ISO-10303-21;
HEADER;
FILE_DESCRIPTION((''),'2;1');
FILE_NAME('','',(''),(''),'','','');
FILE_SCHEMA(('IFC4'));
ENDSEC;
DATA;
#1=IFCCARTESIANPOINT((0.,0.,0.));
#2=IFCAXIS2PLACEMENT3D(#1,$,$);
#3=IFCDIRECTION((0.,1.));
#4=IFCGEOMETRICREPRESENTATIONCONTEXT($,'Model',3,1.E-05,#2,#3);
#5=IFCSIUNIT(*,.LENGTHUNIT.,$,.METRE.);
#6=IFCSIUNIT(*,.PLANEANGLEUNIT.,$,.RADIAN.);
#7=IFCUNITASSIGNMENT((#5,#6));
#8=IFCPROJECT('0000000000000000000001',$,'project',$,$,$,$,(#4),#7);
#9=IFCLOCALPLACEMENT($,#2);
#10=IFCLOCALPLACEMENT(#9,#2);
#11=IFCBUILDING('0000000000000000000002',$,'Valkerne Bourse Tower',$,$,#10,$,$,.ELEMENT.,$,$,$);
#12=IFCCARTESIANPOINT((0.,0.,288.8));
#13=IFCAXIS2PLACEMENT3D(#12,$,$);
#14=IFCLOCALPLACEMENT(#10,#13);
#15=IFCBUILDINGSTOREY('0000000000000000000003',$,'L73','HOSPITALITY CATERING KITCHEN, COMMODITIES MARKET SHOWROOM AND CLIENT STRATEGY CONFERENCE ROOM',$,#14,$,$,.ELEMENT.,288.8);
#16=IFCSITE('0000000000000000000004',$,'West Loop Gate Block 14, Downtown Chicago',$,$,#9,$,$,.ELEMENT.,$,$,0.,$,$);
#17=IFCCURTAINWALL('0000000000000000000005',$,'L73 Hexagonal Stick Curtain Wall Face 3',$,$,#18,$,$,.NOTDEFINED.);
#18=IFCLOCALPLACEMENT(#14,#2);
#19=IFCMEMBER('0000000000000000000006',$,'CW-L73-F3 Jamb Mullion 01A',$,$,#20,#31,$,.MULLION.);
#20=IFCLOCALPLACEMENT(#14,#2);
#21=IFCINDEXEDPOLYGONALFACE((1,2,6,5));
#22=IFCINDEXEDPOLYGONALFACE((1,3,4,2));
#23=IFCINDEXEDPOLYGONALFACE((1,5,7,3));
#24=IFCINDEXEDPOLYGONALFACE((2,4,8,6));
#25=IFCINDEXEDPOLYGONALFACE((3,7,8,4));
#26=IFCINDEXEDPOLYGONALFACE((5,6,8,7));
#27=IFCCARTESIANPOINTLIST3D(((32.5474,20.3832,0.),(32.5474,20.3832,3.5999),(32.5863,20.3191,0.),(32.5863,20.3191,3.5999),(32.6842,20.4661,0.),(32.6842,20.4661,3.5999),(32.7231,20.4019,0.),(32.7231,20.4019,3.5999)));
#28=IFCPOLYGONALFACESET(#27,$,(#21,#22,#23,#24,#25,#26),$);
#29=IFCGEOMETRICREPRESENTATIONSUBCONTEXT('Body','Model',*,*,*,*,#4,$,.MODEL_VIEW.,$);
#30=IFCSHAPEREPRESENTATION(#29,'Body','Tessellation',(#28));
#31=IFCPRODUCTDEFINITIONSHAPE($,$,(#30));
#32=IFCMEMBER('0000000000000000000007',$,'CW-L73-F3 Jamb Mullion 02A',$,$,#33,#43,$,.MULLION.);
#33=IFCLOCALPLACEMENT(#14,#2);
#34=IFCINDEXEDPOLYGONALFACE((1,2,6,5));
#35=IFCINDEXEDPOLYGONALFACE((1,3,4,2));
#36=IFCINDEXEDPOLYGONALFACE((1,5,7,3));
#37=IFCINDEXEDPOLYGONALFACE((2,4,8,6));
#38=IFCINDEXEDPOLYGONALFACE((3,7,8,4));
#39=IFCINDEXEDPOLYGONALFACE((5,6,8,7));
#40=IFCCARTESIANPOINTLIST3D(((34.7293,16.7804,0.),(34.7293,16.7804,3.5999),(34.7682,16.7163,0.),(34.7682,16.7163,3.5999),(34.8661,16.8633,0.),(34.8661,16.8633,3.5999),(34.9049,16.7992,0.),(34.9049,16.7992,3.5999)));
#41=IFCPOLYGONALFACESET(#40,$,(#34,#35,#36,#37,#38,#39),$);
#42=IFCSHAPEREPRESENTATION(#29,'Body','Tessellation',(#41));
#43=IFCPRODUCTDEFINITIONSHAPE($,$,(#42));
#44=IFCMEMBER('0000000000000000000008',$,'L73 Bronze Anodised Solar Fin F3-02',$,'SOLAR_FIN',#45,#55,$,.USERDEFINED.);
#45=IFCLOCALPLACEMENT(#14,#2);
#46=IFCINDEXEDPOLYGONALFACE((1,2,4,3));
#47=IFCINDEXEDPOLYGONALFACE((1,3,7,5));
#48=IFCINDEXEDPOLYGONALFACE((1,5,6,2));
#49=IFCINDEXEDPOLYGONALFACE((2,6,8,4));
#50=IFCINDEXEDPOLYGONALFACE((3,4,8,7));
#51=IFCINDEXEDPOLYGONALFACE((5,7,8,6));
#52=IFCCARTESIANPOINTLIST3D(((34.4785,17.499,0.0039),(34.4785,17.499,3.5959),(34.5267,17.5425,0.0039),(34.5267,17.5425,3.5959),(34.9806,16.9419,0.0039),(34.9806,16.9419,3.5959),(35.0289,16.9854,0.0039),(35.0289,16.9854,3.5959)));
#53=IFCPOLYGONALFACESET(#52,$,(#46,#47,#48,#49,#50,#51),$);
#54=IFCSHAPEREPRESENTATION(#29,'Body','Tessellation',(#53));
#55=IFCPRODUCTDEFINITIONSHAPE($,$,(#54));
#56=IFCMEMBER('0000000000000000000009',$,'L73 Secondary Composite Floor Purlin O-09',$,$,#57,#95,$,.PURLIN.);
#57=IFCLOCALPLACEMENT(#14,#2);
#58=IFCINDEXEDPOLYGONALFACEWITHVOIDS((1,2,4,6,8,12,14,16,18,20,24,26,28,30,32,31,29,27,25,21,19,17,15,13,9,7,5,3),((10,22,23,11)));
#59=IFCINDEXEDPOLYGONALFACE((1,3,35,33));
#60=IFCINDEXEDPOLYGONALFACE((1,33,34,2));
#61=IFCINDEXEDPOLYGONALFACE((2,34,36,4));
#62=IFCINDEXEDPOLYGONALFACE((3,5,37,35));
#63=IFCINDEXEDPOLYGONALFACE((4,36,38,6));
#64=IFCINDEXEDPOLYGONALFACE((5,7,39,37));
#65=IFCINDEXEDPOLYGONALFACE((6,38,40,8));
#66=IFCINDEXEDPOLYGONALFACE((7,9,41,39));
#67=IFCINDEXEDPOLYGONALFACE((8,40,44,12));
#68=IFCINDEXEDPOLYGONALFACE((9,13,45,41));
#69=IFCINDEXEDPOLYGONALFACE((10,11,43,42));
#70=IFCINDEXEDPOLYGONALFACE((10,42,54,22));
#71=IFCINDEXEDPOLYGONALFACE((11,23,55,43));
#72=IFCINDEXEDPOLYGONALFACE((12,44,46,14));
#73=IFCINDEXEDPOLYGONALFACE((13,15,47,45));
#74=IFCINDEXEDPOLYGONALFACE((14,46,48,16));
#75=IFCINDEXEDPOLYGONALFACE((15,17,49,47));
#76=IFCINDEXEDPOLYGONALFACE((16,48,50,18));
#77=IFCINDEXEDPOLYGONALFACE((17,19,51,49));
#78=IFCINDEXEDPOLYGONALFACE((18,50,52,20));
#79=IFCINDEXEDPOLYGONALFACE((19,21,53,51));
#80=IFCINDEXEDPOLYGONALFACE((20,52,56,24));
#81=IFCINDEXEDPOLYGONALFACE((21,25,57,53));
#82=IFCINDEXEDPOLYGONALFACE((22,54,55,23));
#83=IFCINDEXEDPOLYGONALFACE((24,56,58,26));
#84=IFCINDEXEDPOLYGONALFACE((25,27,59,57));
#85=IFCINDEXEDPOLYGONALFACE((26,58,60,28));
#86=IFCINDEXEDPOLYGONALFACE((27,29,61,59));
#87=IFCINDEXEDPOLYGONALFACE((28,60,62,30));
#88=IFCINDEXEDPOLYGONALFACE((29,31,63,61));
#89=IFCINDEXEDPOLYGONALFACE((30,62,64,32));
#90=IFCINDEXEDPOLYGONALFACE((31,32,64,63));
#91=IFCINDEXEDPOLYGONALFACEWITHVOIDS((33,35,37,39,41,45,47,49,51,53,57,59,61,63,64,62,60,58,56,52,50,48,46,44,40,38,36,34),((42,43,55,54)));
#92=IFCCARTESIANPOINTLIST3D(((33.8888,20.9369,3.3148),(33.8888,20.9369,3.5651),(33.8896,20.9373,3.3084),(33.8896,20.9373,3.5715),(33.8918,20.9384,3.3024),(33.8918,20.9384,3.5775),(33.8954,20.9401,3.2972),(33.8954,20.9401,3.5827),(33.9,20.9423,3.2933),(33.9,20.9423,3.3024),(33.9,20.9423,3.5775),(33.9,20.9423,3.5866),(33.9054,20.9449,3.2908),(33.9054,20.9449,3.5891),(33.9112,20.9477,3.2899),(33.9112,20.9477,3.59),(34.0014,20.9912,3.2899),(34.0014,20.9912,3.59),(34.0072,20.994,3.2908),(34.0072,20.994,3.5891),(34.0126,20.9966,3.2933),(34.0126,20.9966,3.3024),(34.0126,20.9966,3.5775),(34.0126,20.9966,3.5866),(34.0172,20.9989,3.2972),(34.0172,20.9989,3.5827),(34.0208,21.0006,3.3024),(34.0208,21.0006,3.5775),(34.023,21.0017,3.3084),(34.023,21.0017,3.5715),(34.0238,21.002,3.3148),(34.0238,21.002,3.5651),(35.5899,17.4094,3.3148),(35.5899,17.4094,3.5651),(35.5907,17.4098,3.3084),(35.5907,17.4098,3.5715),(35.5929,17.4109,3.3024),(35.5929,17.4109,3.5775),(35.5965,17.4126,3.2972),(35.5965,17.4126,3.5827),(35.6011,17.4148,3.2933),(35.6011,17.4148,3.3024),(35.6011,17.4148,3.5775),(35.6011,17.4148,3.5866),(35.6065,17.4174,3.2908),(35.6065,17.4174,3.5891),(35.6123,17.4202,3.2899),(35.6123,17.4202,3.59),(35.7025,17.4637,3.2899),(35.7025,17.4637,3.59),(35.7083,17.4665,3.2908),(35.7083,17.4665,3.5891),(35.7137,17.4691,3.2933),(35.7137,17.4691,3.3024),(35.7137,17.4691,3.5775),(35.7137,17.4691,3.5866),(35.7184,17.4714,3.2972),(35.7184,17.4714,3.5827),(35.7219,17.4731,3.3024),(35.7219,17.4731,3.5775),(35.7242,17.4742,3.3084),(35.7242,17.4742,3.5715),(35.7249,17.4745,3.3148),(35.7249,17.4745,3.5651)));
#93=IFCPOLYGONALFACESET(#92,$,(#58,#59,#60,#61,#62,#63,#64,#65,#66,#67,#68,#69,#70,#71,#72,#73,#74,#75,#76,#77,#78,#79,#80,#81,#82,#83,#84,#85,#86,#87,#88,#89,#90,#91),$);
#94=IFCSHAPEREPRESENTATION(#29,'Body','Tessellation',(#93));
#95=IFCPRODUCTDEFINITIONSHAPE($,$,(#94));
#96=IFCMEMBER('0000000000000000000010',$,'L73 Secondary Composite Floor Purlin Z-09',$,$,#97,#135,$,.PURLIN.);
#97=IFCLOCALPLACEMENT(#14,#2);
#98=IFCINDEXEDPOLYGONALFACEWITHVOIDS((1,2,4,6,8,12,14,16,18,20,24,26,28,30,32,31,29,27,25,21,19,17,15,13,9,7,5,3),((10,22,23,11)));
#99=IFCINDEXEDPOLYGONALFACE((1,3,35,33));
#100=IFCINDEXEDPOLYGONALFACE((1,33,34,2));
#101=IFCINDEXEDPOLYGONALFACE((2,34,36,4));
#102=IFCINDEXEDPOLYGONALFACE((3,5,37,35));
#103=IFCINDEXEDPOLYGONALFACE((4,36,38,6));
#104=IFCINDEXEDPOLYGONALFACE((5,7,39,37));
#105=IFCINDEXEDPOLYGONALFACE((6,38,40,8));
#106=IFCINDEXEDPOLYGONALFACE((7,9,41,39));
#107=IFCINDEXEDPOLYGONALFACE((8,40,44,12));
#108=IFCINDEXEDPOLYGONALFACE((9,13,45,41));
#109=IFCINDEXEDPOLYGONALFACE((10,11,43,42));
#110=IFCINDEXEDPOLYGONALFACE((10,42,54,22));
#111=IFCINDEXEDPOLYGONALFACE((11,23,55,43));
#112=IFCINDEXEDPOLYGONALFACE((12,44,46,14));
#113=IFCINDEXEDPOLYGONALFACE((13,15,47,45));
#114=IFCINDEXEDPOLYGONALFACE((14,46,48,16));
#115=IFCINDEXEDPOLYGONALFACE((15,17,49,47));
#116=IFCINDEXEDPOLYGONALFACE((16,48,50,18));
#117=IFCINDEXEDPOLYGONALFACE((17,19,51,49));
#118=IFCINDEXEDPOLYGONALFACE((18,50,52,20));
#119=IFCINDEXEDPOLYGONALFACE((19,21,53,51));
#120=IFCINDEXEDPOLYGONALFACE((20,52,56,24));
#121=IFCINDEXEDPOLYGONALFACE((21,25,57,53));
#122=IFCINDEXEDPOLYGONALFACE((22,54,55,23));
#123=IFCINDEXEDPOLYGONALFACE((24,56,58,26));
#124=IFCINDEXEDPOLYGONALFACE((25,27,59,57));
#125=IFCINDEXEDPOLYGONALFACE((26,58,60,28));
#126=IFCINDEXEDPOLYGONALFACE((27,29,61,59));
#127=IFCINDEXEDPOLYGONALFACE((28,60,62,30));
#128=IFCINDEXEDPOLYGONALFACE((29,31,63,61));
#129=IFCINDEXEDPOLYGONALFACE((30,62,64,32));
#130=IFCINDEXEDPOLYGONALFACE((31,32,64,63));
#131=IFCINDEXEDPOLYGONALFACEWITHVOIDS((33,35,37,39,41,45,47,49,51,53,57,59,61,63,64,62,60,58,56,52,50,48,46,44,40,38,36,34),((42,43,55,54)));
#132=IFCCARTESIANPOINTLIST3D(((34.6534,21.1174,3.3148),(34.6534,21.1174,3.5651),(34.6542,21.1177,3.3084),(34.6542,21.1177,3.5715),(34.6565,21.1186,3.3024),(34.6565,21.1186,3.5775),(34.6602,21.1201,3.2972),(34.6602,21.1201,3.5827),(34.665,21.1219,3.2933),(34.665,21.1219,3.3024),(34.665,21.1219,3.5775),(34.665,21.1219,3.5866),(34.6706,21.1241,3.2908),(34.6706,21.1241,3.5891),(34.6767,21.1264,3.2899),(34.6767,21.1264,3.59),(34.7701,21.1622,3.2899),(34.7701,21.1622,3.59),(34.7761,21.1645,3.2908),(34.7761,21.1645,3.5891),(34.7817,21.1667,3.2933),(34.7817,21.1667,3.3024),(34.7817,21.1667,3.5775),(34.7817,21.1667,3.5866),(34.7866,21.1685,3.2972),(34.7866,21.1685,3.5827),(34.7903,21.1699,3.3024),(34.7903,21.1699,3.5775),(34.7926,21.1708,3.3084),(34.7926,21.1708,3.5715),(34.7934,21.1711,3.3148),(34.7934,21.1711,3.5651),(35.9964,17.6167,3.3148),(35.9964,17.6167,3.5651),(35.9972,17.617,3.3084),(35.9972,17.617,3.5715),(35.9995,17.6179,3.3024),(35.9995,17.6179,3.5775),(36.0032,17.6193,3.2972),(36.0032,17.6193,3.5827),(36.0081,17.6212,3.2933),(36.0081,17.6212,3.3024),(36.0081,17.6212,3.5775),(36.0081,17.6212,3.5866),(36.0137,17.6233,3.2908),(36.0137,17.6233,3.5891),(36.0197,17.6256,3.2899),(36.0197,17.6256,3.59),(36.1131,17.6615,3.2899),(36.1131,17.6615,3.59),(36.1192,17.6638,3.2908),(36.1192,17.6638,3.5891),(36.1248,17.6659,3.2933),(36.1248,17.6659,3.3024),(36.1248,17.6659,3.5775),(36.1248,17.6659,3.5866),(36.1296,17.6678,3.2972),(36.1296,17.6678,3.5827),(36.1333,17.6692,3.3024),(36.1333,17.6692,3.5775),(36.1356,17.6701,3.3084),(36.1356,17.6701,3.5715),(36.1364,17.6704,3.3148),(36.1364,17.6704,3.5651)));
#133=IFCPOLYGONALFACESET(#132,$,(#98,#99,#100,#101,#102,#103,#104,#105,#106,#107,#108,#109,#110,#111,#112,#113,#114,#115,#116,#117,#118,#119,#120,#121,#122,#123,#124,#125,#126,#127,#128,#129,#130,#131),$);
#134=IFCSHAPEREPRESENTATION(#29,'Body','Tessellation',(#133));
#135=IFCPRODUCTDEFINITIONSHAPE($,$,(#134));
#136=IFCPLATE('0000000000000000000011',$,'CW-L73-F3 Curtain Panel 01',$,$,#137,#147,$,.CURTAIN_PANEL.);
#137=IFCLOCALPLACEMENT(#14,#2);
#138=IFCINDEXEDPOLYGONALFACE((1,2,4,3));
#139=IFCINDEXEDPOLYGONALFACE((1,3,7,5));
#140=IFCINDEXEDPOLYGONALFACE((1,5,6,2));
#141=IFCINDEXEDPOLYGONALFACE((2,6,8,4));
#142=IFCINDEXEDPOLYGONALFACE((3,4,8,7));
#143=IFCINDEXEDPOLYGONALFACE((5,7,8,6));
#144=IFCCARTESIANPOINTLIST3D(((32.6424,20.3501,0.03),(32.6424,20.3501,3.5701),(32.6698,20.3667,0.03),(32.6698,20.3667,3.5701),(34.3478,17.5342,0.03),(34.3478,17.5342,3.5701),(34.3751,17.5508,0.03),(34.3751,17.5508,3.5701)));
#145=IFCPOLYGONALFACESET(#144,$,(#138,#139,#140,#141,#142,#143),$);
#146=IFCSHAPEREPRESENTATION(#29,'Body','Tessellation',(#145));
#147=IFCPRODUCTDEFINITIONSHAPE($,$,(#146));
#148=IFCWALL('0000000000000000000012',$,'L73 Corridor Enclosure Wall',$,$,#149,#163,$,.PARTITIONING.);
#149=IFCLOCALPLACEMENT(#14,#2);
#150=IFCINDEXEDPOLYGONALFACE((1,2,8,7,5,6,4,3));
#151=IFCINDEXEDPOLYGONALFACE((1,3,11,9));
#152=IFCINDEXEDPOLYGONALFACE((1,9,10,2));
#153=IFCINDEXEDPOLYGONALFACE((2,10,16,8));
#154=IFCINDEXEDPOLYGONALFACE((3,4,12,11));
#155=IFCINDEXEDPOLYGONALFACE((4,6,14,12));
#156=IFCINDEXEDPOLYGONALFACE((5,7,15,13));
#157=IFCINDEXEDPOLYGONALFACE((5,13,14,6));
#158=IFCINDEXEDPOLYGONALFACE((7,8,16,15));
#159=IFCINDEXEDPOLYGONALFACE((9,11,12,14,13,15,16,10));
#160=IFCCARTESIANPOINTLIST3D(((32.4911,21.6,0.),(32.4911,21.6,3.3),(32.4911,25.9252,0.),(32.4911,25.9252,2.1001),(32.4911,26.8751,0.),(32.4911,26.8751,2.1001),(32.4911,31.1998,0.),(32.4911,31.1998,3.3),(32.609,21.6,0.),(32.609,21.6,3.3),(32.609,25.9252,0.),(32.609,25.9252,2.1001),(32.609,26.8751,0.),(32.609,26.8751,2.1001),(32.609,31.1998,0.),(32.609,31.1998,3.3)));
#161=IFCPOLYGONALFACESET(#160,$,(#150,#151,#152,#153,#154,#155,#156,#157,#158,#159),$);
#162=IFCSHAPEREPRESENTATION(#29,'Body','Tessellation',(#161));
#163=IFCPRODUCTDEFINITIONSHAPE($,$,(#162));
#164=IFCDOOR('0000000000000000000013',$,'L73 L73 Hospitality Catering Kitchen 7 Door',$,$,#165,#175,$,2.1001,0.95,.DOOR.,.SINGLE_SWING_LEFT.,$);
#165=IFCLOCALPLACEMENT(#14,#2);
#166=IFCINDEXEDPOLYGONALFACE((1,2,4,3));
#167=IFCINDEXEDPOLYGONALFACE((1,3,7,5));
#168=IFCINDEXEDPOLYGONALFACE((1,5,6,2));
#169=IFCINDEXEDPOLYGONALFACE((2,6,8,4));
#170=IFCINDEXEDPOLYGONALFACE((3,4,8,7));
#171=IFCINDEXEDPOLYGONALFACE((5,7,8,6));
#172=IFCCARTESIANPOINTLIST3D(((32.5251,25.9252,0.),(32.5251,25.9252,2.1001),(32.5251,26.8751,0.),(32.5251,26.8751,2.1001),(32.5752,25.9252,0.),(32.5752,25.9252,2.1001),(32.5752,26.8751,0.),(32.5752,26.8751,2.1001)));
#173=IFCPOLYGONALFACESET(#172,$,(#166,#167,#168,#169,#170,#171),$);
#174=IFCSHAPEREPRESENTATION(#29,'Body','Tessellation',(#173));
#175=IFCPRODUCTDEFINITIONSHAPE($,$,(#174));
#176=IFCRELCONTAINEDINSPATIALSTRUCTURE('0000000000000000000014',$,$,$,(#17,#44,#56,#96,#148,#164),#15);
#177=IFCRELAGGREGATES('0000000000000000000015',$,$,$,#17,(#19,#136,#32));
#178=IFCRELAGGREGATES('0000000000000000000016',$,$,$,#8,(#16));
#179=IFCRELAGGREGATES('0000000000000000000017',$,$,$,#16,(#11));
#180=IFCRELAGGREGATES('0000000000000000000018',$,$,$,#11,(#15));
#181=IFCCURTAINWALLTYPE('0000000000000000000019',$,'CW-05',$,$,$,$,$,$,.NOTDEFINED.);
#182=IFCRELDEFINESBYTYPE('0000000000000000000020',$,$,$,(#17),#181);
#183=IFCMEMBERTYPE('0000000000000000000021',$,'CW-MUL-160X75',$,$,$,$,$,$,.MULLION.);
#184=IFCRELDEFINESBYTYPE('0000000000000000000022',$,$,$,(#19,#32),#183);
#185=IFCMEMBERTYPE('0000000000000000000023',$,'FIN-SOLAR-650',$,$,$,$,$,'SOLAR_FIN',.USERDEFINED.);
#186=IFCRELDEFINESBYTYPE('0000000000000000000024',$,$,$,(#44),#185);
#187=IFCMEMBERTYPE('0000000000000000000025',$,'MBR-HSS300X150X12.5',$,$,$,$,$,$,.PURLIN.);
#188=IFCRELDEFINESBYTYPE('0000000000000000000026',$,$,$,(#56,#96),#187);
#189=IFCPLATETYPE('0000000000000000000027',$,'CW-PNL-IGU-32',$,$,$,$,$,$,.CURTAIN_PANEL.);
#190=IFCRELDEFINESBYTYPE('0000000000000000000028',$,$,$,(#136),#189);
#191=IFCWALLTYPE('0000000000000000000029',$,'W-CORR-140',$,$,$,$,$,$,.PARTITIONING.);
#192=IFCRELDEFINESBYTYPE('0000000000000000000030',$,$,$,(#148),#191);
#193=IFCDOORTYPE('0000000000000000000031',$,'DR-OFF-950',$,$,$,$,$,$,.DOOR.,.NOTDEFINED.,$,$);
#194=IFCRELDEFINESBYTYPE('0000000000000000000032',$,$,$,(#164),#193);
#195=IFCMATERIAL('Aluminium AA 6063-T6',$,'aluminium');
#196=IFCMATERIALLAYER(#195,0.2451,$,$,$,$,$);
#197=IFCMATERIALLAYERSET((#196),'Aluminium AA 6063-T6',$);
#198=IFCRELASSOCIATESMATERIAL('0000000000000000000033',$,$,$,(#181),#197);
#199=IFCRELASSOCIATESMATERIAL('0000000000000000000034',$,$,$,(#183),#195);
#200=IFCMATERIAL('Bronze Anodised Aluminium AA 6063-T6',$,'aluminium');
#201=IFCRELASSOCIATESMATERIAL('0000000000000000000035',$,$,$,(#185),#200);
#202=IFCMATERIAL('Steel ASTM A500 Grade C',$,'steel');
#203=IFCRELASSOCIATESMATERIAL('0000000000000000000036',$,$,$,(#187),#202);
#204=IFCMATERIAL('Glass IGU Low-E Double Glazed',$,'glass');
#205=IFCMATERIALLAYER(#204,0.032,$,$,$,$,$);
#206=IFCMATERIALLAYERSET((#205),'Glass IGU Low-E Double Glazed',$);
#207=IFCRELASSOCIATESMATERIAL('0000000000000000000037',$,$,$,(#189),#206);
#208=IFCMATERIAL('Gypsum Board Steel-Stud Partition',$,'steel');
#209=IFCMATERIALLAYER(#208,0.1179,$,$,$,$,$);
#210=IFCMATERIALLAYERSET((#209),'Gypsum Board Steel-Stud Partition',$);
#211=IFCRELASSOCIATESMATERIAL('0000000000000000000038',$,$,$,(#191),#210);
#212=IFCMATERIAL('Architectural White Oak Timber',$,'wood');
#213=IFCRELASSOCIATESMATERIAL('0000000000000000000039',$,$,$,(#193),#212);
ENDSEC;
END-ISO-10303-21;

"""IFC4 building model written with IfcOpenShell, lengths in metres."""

from ifc_helpers import new_model, si_unit, direction, frame, frame_2d, origin, origin_2d, place, context, subcontext, project, spatial, rectangle, hollow_rectangle, extrude, material, layer, layer_set, material_profile, profile_set, type_object, element, fill, aggregate, save


model = new_model("IFC4")

# Units and contexts
model_context = context("Model", 3, precision=1e-05, world=origin(), true_north=direction((0.0, 1.0)))
body_context = subcontext(model_context, "Body", "Model", "MODEL_VIEW")
ifc_project = project(units=[si_unit("LENGTHUNIT", "METRE"), si_unit("PLANEANGLEUNIT", "RADIAN")], contexts=[model_context])

# Site, building, storey
site_placement = place(None, origin())
site = spatial("IfcSite", under=ifc_project, at=site_placement, Name="West Loop Gate Block 14, Downtown Chicago", CompositionType="ELEMENT", RefElevation=0.0)
building_placement = place(site_placement, origin())
building = spatial("IfcBuilding", under=site, at=building_placement, Name="Valkerne Bourse Tower", CompositionType="ELEMENT")
storey_placement = place(building_placement, frame((0.0, 0.0, 288.8)))
storey = spatial("IfcBuildingStorey", under=building, at=storey_placement, Name="L73", Description="HOSPITALITY CATERING KITCHEN, COMMODITIES MARKET SHOWROOM AND CLIENT STRATEGY CONFERENCE ROOM", CompositionType="ELEMENT", Elevation=288.8)

# Curtain wall, members
ifc_material_1 = material(Name="Aluminium AA 6063-T6", Category="aluminium")
ifc_layer_1 = layer(ifc_material_1, 0.2451)
ifc_layer_set_1 = layer_set([ifc_layer_1], Name="Aluminium AA 6063-T6")
curtain_wall_type = type_object("IfcCurtainWallType", Name="CW-05", PredefinedType="NOTDEFINED", material=ifc_layer_set_1)
curtain_wall_placement = place(storey_placement, origin())
curtain_wall = element("IfcCurtainWall", 1, at=curtain_wall_placement, inside=storey, type_object=curtain_wall_type, Name="L73 Hexagonal Stick Curtain Wall Face 3", PredefinedType="NOTDEFINED")
ifc_material_profile_1 = material_profile(ifc_material_1, rectangle(XDim=0.075, YDim=0.1599, at=origin_2d()), Name="CWM-75X160")
ifc_profile_set_1 = profile_set([ifc_material_profile_1], Name="Aluminium AA 6063-T6")
member_type_1 = type_object("IfcMemberType", Name="CW-MUL-160X75", PredefinedType="MULLION", material=ifc_profile_set_1)
member_1_placement = place(storey_placement, frame((32.6353, 20.3926, 0.0), z_axis=(0.0, 0.0, 1.0), x_axis=(0.518021, -0.855368, 0.0)))
member_1 = element("IfcMember", 2, at=member_1_placement, type_object=member_type_1, Name="CW-L73-F3 Jamb Mullion 01A", PredefinedType="MULLION", context=body_context, shape_type="SweptSolid", body=[
    extrude(rectangle(XDim=0.075, YDim=0.1599, at=origin_2d()), origin(), (0.0, 0.0, 1.0), 3.5999),
])
member_2_placement = place(storey_placement, frame((34.8171, 16.7898, 0.0), z_axis=(0.0, 0.0, 1.0), x_axis=(0.518021, -0.855368, 0.0)))
member_2 = element("IfcMember", 3, at=member_2_placement, type_object=member_type_1, Name="CW-L73-F3 Jamb Mullion 02A", PredefinedType="MULLION", context=body_context, shape_type="SweptSolid", body=[
    extrude(rectangle(XDim=0.075, YDim=0.1599, at=origin_2d()), origin(), (0.0, 0.0, 1.0), 3.5999),
])

# Members
ifc_material_2 = material(Name="Bronze Anodised Aluminium AA 6063-T6", Category="aluminium")
ifc_material_profile_2 = material_profile(ifc_material_2, rectangle(XDim=0.0649, YDim=0.75, at=origin_2d()), Name="FIN-65X750")
ifc_profile_set_2 = profile_set([ifc_material_profile_2], Name="Bronze Anodised Aluminium AA 6063-T6")
member_type_2 = type_object("IfcMemberType", Name="FIN-SOLAR-650", ElementType="SOLAR_FIN", PredefinedType="USERDEFINED", material=ifc_profile_set_2)
member_3_placement = place(storey_placement, frame((34.7537, 17.2422, 0.0039), z_axis=(0.0, 0.0, 1.0), x_axis=(-0.742756, -0.669563, 0.0)))
element("IfcMember", 4, at=member_3_placement, inside=storey, type_object=member_type_2, Name="L73 Bronze Anodised Solar Fin F3-02", ObjectType="SOLAR_FIN", PredefinedType="USERDEFINED", context=body_context, shape_type="SweptSolid", body=[
    extrude(rectangle(XDim=0.0649, YDim=0.75, at=origin_2d()), origin(), (0.0, 0.0, 1.0), 3.592),
])
ifc_material_3 = material(Name="Steel ASTM A500 Grade C", Category="steel")
ifc_material_profile_3 = material_profile(ifc_material_3, hollow_rectangle(XDim=0.1499, YDim=0.3, WallThickness=0.0125, OuterFilletRadius=0.0249, at=origin_2d()), Name="HSS300X150X12.5")
ifc_profile_set_3 = profile_set([ifc_material_profile_3], Name="Steel ASTM A500 Grade C")
member_type_3 = type_object("IfcMemberType", Name="MBR-HSS300X150X12.5", PredefinedType="PURLIN", material=ifc_profile_set_3)
member_4_placement = place(storey_placement, frame((33.9563, 20.9695, 3.4399), z_axis=(0.434376, -0.900732, 0.0), x_axis=(0.900732, 0.434376, 0.0)))
element("IfcMember", 5, at=member_4_placement, inside=storey, type_object=member_type_3, Name="L73 Secondary Composite Floor Purlin O-09", PredefinedType="PURLIN", context=body_context, shape_type="SweptSolid", body=[
    extrude(hollow_rectangle(XDim=0.1499, YDim=0.3, WallThickness=0.0125, OuterFilletRadius=0.0249, at=origin_2d()), origin(), (0.0, 0.0, 1.0), 3.9163),
])
member_5_placement = place(storey_placement, frame((34.7234, 21.1443, 3.4399), z_axis=(0.358185, -0.933651, 0.0), x_axis=(0.933651, 0.358185, 0.0)))
element("IfcMember", 6, at=member_5_placement, inside=storey, type_object=member_type_3, Name="L73 Secondary Composite Floor Purlin Z-09", PredefinedType="PURLIN", context=body_context, shape_type="SweptSolid", body=[
    extrude(hollow_rectangle(XDim=0.1499, YDim=0.3, WallThickness=0.0125, OuterFilletRadius=0.0249, at=origin_2d()), origin(), (0.0, 0.0, 1.0), 3.7495),
])

# Plate
ifc_material_4 = material(Name="Glass IGU Low-E Double Glazed", Category="glass")
ifc_layer_2 = layer(ifc_material_4, 0.032)
ifc_layer_set_2 = layer_set([ifc_layer_2], Name="Glass IGU Low-E Double Glazed")
plate_type = type_object("IfcPlateType", Name="CW-PNL-IGU-32", PredefinedType="CURTAIN_PANEL", material=ifc_layer_set_2)
plate_placement = place(storey_placement, frame((33.5088, 18.9504, 0.03), z_axis=(0.0, 0.0, 1.0), x_axis=(0.518021, -0.855368, 0.0)))
plate = element("IfcPlate", 7, at=plate_placement, type_object=plate_type, Name="CW-L73-F3 Curtain Panel 01", PredefinedType="CURTAIN_PANEL", context=body_context, shape_type="SweptSolid", body=[
    extrude(rectangle(XDim=3.292, YDim=0.032, at=origin_2d()), origin(), (0.0, 0.0, 1.0), 3.54),
])
aggregate(curtain_wall, [member_1, plate, member_2])

# Wall, opening, door
ifc_material_5 = material(Name="Gypsum Board Steel-Stud Partition", Category="steel")
ifc_layer_3 = layer(ifc_material_5, 0.1179)
ifc_layer_set_3 = layer_set([ifc_layer_3], Name="Gypsum Board Steel-Stud Partition")
wall_type = type_object("IfcWallType", Name="W-CORR-140", PredefinedType="PARTITIONING", material=ifc_layer_set_3)
wall_placement = place(storey_placement, frame((32.55, 21.6001, 0.0), z_axis=(0.0, 0.0, 1.0), x_axis=(0.0, 1.0, 0.0)))
wall = element("IfcWall", 8, at=wall_placement, inside=storey, type_object=wall_type, Name="L73 Corridor Enclosure Wall", PredefinedType="PARTITIONING", context=body_context, shape_type="SweptSolid", body=[
    extrude(rectangle(XDim=9.5999, YDim=0.1179, at=frame_2d((4.7998, 0.0))), origin(), (0.0, 0.0, 1.0), 3.3),
])
opening_placement = place(wall_placement, frame((4.325, 0.0, 0.0)))
opening = element("IfcOpeningElement", 9, at=opening_placement, cuts=wall, PredefinedType="OPENING", context=body_context, shape_type="SweptSolid", body=[
    extrude(rectangle(XDim=0.95, YDim=2.1001, at=frame_2d((0.4751, 1.05))), frame((0.0, 0.0688, 0.0), z_axis=(0.0, -1.0, 0.0), x_axis=(1.0, 0.0, 0.0)), (0.0, 0.0, 1.0), 0.1379),
])
ifc_material_6 = material(Name="Architectural White Oak Timber", Category="wood")
door_type = type_object("IfcDoorType", Name="DR-OFF-950", OperationType="NOTDEFINED", PredefinedType="DOOR", material=ifc_material_6)
door_placement = place(opening_placement, origin())
door = element("IfcDoor", 10, at=door_placement, inside=storey, type_object=door_type, Name="L73 L73 Hospitality Catering Kitchen 7 Door", OperationType="SINGLE_SWING_LEFT", OverallHeight=2.1001, OverallWidth=0.95, PredefinedType="DOOR", context=body_context, shape_type="SweptSolid", body=[
    extrude(rectangle(XDim=0.95, YDim=2.1001, at=frame_2d((0.4751, 1.05))), frame((0.0, 0.0249, 0.0), z_axis=(0.0, -1.0, 0.0), x_axis=(1.0, 0.0, 0.0)), (0.0, 0.0, 1.0), 0.05),
])
fill(opening, door)

save(model, "model.ifc")
